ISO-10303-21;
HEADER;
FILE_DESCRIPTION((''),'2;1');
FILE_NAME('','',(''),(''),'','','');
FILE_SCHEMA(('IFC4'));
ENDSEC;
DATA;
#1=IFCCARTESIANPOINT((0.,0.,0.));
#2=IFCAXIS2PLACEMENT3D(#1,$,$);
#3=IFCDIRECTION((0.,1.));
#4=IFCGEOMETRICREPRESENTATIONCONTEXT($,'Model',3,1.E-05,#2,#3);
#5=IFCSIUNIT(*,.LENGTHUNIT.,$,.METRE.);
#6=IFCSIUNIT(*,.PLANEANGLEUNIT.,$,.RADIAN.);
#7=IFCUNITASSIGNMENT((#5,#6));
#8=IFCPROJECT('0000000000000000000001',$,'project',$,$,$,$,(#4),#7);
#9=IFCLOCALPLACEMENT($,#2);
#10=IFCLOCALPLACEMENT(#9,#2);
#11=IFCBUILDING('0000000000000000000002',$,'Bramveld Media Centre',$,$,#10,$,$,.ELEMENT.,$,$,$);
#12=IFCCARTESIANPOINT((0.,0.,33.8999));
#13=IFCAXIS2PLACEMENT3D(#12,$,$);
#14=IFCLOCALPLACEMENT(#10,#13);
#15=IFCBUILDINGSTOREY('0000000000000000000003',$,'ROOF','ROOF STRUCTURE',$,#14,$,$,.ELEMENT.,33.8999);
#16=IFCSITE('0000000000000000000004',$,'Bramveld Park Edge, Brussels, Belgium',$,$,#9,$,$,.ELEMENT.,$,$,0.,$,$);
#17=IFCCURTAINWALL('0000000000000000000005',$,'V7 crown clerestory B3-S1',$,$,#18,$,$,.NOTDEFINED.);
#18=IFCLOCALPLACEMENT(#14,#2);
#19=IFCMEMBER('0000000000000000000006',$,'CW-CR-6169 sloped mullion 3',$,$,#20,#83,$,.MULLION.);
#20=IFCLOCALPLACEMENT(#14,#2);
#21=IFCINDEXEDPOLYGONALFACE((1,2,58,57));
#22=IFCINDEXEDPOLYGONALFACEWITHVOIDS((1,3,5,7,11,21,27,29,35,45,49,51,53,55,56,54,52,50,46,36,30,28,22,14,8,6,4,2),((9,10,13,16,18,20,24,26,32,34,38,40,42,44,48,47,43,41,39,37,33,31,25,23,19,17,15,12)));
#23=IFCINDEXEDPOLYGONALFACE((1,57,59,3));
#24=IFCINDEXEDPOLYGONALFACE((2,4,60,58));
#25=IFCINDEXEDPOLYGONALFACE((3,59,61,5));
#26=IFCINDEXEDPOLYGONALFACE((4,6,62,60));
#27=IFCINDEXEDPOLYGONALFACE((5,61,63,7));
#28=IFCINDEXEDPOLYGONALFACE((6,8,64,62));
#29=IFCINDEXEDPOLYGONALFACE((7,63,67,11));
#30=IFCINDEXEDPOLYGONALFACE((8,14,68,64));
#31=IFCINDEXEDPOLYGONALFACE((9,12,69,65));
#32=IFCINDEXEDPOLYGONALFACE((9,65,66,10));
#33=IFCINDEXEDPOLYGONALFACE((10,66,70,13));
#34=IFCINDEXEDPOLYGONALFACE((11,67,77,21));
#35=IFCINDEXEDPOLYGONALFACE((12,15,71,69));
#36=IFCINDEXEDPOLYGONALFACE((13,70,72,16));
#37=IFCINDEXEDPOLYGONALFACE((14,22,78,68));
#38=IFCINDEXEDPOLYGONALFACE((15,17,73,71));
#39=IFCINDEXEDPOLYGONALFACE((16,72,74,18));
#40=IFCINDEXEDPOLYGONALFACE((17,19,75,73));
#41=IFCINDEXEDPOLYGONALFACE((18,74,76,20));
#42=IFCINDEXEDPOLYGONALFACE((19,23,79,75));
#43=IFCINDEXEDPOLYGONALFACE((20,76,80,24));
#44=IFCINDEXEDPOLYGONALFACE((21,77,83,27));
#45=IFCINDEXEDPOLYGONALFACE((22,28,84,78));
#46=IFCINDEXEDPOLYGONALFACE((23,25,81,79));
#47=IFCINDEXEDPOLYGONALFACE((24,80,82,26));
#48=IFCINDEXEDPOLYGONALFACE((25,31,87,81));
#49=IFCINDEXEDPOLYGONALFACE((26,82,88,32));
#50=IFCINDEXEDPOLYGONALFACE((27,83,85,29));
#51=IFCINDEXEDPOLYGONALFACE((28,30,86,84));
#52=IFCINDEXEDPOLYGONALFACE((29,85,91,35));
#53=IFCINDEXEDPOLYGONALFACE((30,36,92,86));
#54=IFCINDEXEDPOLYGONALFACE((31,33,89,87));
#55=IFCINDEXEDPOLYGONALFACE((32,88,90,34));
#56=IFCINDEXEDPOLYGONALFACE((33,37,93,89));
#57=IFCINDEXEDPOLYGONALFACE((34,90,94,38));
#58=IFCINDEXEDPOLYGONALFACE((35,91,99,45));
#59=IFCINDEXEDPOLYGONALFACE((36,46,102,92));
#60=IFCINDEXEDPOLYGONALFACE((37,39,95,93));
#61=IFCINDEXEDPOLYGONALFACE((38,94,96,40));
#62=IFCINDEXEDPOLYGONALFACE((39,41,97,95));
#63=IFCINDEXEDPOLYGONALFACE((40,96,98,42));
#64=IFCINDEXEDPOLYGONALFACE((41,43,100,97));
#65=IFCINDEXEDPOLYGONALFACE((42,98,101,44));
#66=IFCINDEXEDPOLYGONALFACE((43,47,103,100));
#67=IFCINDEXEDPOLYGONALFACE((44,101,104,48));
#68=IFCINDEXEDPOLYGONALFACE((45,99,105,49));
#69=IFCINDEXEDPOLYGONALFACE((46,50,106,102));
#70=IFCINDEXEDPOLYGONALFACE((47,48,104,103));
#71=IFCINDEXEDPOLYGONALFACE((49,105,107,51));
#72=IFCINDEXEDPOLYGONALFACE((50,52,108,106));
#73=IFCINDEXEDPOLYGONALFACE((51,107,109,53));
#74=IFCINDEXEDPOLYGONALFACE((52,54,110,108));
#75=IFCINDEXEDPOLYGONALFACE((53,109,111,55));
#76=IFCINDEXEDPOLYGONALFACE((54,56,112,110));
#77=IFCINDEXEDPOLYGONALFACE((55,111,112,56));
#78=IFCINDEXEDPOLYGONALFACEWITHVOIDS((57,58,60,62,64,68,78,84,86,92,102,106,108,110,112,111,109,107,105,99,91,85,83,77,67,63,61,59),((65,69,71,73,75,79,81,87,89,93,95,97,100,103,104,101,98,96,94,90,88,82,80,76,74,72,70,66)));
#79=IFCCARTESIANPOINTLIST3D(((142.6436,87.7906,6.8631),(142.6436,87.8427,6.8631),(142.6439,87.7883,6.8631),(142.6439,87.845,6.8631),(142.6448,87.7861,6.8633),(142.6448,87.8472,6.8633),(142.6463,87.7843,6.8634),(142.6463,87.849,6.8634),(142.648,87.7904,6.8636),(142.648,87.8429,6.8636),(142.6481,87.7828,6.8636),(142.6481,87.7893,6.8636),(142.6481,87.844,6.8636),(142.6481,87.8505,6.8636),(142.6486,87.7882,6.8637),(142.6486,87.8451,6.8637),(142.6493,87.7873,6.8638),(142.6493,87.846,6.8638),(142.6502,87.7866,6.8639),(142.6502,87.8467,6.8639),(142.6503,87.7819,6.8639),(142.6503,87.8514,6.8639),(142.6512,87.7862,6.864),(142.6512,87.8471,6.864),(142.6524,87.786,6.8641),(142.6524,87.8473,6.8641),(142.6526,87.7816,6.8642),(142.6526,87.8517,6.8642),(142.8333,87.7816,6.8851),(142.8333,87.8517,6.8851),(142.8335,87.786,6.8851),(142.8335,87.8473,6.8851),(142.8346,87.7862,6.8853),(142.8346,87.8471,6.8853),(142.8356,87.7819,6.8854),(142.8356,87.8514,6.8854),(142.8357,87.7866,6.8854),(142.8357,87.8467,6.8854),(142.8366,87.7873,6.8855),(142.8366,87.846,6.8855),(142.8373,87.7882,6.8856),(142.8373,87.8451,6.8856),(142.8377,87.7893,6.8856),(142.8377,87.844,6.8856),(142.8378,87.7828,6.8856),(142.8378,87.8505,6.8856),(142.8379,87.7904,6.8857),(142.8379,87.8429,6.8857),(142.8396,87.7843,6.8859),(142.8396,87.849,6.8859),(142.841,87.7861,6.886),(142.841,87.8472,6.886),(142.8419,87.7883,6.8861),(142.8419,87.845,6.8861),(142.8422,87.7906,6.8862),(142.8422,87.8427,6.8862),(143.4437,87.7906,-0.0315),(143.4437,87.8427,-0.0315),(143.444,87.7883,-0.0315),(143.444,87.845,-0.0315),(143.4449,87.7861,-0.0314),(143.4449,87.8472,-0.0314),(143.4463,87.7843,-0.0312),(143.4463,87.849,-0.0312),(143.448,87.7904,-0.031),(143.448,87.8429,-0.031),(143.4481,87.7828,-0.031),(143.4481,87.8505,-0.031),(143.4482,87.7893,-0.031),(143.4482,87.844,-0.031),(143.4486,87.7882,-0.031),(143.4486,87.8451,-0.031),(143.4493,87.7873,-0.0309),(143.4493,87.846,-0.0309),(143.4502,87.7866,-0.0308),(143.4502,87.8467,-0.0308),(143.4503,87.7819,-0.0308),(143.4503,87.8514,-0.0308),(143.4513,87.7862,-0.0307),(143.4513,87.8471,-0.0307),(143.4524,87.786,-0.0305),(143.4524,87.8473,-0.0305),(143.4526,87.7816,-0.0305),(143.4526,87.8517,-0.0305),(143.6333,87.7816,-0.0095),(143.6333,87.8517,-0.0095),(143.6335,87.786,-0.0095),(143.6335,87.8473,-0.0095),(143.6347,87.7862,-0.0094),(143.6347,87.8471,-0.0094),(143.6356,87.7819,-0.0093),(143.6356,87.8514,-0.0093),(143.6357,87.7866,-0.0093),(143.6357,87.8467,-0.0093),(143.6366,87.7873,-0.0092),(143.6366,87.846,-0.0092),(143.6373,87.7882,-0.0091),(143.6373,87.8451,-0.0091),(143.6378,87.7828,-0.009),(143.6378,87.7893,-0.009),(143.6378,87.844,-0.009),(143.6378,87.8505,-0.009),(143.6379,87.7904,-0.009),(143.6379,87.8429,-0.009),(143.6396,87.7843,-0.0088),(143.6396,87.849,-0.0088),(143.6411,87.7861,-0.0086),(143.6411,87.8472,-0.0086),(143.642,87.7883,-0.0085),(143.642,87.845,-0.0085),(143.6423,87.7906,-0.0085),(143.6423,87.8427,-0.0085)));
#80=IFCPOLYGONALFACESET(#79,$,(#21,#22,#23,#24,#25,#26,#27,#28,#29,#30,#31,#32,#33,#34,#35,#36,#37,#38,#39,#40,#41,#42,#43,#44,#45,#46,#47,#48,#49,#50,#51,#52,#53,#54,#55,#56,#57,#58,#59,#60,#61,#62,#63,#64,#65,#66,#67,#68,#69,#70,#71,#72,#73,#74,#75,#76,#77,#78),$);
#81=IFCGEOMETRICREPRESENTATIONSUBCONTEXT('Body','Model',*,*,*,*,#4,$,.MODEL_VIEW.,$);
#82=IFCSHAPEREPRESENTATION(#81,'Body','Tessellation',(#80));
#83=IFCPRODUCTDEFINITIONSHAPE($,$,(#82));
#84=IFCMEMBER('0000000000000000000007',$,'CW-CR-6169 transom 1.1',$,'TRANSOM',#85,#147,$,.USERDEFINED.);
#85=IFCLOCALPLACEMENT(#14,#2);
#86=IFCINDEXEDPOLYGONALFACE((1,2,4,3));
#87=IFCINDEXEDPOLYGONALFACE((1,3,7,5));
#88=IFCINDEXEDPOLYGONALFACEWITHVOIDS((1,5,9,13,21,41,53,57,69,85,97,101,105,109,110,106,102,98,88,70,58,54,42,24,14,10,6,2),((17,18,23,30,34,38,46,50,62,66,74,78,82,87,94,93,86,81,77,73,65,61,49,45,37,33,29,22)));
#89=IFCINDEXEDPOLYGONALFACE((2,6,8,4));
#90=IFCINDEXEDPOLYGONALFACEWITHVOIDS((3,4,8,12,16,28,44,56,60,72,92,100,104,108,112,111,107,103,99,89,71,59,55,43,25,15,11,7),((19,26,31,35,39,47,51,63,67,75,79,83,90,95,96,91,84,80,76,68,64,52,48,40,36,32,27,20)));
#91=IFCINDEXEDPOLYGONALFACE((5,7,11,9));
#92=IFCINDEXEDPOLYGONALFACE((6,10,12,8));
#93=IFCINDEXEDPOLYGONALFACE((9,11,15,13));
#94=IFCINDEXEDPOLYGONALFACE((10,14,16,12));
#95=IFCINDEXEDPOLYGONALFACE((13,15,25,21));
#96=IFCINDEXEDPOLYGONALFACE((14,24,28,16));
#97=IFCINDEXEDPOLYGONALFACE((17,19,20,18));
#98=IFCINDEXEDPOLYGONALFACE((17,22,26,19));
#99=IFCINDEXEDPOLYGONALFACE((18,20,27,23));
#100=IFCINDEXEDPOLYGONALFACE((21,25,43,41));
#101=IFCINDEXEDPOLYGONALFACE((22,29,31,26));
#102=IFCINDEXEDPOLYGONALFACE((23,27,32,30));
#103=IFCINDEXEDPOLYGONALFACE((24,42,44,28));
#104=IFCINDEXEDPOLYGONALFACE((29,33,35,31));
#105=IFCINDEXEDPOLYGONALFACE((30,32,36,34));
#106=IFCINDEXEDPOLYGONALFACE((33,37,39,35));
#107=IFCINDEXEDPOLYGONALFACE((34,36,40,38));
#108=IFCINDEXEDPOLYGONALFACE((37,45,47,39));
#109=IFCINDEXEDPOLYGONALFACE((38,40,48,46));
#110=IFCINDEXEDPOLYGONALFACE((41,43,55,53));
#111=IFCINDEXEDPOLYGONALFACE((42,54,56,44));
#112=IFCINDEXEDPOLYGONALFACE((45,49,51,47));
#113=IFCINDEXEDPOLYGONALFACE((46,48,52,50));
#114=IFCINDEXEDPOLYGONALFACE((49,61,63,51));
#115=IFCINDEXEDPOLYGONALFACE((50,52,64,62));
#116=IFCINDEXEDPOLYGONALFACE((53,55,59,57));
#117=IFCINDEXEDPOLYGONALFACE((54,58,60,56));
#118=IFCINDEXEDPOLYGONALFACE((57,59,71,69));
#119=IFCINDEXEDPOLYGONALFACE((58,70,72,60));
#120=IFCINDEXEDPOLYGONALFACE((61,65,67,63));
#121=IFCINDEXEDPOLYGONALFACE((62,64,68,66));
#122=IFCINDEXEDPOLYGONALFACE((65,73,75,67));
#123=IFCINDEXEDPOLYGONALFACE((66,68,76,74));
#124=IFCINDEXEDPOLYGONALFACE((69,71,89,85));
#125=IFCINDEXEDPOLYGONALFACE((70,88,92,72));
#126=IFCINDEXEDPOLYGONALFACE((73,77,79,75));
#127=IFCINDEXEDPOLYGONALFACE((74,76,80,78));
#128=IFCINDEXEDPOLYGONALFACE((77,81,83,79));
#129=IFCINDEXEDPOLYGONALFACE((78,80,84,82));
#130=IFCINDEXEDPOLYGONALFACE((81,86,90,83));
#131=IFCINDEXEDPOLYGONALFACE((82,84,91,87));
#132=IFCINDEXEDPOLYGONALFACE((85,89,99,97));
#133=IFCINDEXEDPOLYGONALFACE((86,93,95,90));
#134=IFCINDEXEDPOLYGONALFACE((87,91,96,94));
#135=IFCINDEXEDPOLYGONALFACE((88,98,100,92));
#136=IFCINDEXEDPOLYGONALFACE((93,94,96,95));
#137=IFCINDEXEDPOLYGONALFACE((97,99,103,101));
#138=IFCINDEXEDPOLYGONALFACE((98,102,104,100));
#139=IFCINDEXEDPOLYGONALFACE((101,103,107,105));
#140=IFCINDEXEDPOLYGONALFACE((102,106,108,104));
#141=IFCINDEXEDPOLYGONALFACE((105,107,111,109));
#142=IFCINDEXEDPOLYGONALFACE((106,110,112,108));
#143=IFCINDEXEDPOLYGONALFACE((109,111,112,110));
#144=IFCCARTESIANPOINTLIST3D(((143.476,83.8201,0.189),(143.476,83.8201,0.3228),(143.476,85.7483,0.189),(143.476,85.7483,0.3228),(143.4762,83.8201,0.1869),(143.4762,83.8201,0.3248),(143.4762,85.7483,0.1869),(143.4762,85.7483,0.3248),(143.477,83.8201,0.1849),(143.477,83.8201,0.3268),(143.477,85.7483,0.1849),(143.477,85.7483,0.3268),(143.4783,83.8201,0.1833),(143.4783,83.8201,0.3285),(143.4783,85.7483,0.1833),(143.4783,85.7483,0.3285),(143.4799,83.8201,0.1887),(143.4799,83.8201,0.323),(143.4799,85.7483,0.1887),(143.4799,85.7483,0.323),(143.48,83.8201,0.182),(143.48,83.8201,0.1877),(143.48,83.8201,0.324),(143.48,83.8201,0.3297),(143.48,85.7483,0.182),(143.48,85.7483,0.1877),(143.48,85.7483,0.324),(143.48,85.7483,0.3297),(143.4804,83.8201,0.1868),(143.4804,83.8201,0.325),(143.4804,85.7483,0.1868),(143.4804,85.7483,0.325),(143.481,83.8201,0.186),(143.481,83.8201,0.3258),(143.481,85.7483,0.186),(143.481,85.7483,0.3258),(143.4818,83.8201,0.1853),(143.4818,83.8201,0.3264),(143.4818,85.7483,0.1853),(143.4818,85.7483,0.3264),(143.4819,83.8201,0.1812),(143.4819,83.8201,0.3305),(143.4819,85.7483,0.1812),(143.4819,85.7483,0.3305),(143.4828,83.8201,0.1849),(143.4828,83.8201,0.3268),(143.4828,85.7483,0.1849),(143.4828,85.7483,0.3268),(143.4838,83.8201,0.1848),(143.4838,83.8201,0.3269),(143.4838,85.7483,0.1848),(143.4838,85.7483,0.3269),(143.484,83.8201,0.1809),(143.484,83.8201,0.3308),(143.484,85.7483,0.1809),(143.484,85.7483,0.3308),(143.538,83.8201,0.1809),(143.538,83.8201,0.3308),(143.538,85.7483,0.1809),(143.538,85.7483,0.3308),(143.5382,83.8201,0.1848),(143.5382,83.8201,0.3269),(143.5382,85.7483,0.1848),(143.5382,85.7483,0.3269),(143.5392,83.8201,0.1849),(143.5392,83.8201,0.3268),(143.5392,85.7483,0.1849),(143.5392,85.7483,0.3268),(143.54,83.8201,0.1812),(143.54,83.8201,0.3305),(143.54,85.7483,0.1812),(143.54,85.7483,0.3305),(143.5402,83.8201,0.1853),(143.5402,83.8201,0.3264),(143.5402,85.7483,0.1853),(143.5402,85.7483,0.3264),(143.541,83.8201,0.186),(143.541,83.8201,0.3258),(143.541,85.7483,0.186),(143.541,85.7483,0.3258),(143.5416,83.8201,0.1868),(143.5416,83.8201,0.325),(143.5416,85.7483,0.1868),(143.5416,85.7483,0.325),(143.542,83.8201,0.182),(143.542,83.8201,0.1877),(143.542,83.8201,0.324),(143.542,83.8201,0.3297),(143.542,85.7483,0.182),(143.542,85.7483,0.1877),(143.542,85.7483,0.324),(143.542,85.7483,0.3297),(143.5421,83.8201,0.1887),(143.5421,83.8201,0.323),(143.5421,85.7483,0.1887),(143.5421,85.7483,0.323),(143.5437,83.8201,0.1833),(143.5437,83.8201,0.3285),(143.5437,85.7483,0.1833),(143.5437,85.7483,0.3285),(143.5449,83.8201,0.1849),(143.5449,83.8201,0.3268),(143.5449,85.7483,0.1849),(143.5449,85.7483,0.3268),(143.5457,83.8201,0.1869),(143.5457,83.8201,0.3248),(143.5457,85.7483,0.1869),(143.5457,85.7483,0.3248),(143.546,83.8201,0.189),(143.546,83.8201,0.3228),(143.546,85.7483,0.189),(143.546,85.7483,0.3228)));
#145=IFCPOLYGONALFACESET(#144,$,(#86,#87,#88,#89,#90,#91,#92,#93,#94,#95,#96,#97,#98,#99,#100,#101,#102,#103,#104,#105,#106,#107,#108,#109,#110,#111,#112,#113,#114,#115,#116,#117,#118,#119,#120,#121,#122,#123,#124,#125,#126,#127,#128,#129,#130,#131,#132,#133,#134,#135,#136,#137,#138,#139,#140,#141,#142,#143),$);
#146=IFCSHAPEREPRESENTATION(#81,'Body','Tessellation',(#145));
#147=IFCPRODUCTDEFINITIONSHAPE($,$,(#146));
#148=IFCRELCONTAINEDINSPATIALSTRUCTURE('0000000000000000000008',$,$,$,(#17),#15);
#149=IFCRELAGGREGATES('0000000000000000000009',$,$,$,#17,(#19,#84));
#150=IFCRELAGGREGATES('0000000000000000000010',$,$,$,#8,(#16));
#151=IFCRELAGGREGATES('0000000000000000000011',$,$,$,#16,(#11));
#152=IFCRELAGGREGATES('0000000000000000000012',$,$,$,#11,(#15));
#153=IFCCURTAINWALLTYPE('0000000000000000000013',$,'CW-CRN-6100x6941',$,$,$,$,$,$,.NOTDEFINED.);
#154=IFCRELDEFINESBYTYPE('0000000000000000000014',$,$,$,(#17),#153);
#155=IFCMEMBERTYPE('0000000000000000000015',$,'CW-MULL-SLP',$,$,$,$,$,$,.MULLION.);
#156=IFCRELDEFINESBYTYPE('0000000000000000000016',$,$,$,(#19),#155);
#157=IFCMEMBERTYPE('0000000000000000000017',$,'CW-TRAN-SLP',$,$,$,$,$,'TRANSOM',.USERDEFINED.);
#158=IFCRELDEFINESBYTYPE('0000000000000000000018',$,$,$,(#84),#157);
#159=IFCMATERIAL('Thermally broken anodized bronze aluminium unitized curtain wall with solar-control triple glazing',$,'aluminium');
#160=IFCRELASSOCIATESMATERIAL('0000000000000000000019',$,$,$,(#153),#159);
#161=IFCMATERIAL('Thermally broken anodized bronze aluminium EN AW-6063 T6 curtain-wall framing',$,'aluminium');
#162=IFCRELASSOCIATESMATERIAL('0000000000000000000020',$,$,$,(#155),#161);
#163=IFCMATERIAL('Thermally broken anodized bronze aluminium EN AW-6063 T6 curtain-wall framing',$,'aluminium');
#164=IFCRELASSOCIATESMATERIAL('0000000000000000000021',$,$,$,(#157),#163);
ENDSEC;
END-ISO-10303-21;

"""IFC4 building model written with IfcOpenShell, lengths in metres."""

from ifc_helpers import new_model, si_unit, direction, frame, origin, origin_2d, place, context, subcontext, project, spatial, hollow_rectangle, extrude, material, material_profile, profile_set, type_object, element, aggregate, save


model = new_model("IFC4")

# Units and contexts
model_context = context("Model", 3, precision=1e-05, world=origin(), true_north=direction((0.0, 1.0)))
body_context = subcontext(model_context, "Body", "Model", "MODEL_VIEW")
ifc_project = project(units=[si_unit("LENGTHUNIT", "METRE"), si_unit("PLANEANGLEUNIT", "RADIAN")], contexts=[model_context])

# Site, building, storey
site_placement = place(None, origin())
site = spatial("IfcSite", under=ifc_project, at=site_placement, Name="Bramveld Park Edge, Brussels, Belgium", CompositionType="ELEMENT", RefElevation=0.0)
building_placement = place(site_placement, origin())
building = spatial("IfcBuilding", under=site, at=building_placement, Name="Bramveld Media Centre", CompositionType="ELEMENT")
storey_placement = place(building_placement, frame((0.0, 0.0, 33.8999)))
storey = spatial("IfcBuildingStorey", under=building, at=storey_placement, Name="ROOF", Description="ROOF STRUCTURE", CompositionType="ELEMENT", Elevation=33.8999)

# Curtain wall, members
ifc_material_1 = material(Name="Thermally broken anodized bronze aluminium unitized curtain wall with solar-control triple glazing", Category="aluminium")
curtain_wall_type = type_object("IfcCurtainWallType", Name="CW-CRN-6100x6941", PredefinedType="NOTDEFINED", material=ifc_material_1)
curtain_wall_1_placement = place(storey_placement, origin())
curtain_wall_1 = element("IfcCurtainWall", 1, at=curtain_wall_1_placement, inside=storey, type_object=curtain_wall_type, Name="V7 crown clerestory B3-S1", PredefinedType="NOTDEFINED")
ifc_material_2 = material(Name="Thermally broken anodized bronze aluminium EN AW-6063 T6 curtain-wall framing", Category="aluminium")
ifc_material_profile_1 = material_profile(ifc_material_2, hollow_rectangle(XDim=0.0701, YDim=0.2, WallThickness=0.0044, InnerFilletRadius=0.0044, OuterFilletRadius=0.009, at=origin_2d()), Name="AL-MULL 70x200")
ifc_profile_set_1 = profile_set([ifc_material_profile_1], Name="Thermally broken anodized bronze aluminium EN AW-6063 T6 curtain-wall framing")
member_type_1 = type_object("IfcMemberType", Name="CW-MULL-SLP", PredefinedType="MULLION", material=ifc_profile_set_1)
member_1_placement = place(storey_placement, frame((143.543, 87.8167, -0.02), z_axis=(-0.115264, 0.0, 0.993335), x_axis=(0.0, -1.0, 0.0)))
member_1 = element("IfcMember", 2, at=member_1_placement, type_object=member_type_1, Name="CW-CR-6169 sloped mullion 3", PredefinedType="MULLION", context=body_context, shape_type="SweptSolid", body=[
    extrude(hollow_rectangle(XDim=0.0701, YDim=0.2, WallThickness=0.0044, InnerFilletRadius=0.0044, OuterFilletRadius=0.009, at=origin_2d()), origin(), (0.0, 0.0, 1.0), 6.9409),
])
ifc_material_3 = material(Name="Thermally broken anodized bronze aluminium EN AW-6063 T6 curtain-wall framing", Category="aluminium")
ifc_material_profile_2 = material_profile(ifc_material_3, hollow_rectangle(XDim=0.0701, YDim=0.1499, WallThickness=0.0039, InnerFilletRadius=0.0039, OuterFilletRadius=0.0081, at=origin_2d()), Name="AL-TRAN 70x150")
ifc_profile_set_2 = profile_set([ifc_material_profile_2], Name="Thermally broken anodized bronze aluminium EN AW-6063 T6 curtain-wall framing")
member_type_2 = type_object("IfcMemberType", Name="CW-TRAN-SLP", ElementType="TRANSOM", PredefinedType="USERDEFINED", material=ifc_profile_set_2)
member_2_placement = place(storey_placement, frame((143.511, 83.8201, 0.2559), z_axis=(0.0, 1.0, 0.0), x_axis=(-1.0, 0.0, 0.0)))
member_2 = element("IfcMember", 3, at=member_2_placement, type_object=member_type_2, Name="CW-CR-6169 transom 1.1", ObjectType="TRANSOM", PredefinedType="USERDEFINED", context=body_context, shape_type="SweptSolid", body=[
    extrude(hollow_rectangle(XDim=0.0701, YDim=0.1499, WallThickness=0.0039, InnerFilletRadius=0.0039, OuterFilletRadius=0.0081, at=origin_2d()), origin(), (0.0, 0.0, 1.0), 1.9282),
])

aggregate(curtain_wall_1, [member_1, member_2])

save(model, "model.ifc")
